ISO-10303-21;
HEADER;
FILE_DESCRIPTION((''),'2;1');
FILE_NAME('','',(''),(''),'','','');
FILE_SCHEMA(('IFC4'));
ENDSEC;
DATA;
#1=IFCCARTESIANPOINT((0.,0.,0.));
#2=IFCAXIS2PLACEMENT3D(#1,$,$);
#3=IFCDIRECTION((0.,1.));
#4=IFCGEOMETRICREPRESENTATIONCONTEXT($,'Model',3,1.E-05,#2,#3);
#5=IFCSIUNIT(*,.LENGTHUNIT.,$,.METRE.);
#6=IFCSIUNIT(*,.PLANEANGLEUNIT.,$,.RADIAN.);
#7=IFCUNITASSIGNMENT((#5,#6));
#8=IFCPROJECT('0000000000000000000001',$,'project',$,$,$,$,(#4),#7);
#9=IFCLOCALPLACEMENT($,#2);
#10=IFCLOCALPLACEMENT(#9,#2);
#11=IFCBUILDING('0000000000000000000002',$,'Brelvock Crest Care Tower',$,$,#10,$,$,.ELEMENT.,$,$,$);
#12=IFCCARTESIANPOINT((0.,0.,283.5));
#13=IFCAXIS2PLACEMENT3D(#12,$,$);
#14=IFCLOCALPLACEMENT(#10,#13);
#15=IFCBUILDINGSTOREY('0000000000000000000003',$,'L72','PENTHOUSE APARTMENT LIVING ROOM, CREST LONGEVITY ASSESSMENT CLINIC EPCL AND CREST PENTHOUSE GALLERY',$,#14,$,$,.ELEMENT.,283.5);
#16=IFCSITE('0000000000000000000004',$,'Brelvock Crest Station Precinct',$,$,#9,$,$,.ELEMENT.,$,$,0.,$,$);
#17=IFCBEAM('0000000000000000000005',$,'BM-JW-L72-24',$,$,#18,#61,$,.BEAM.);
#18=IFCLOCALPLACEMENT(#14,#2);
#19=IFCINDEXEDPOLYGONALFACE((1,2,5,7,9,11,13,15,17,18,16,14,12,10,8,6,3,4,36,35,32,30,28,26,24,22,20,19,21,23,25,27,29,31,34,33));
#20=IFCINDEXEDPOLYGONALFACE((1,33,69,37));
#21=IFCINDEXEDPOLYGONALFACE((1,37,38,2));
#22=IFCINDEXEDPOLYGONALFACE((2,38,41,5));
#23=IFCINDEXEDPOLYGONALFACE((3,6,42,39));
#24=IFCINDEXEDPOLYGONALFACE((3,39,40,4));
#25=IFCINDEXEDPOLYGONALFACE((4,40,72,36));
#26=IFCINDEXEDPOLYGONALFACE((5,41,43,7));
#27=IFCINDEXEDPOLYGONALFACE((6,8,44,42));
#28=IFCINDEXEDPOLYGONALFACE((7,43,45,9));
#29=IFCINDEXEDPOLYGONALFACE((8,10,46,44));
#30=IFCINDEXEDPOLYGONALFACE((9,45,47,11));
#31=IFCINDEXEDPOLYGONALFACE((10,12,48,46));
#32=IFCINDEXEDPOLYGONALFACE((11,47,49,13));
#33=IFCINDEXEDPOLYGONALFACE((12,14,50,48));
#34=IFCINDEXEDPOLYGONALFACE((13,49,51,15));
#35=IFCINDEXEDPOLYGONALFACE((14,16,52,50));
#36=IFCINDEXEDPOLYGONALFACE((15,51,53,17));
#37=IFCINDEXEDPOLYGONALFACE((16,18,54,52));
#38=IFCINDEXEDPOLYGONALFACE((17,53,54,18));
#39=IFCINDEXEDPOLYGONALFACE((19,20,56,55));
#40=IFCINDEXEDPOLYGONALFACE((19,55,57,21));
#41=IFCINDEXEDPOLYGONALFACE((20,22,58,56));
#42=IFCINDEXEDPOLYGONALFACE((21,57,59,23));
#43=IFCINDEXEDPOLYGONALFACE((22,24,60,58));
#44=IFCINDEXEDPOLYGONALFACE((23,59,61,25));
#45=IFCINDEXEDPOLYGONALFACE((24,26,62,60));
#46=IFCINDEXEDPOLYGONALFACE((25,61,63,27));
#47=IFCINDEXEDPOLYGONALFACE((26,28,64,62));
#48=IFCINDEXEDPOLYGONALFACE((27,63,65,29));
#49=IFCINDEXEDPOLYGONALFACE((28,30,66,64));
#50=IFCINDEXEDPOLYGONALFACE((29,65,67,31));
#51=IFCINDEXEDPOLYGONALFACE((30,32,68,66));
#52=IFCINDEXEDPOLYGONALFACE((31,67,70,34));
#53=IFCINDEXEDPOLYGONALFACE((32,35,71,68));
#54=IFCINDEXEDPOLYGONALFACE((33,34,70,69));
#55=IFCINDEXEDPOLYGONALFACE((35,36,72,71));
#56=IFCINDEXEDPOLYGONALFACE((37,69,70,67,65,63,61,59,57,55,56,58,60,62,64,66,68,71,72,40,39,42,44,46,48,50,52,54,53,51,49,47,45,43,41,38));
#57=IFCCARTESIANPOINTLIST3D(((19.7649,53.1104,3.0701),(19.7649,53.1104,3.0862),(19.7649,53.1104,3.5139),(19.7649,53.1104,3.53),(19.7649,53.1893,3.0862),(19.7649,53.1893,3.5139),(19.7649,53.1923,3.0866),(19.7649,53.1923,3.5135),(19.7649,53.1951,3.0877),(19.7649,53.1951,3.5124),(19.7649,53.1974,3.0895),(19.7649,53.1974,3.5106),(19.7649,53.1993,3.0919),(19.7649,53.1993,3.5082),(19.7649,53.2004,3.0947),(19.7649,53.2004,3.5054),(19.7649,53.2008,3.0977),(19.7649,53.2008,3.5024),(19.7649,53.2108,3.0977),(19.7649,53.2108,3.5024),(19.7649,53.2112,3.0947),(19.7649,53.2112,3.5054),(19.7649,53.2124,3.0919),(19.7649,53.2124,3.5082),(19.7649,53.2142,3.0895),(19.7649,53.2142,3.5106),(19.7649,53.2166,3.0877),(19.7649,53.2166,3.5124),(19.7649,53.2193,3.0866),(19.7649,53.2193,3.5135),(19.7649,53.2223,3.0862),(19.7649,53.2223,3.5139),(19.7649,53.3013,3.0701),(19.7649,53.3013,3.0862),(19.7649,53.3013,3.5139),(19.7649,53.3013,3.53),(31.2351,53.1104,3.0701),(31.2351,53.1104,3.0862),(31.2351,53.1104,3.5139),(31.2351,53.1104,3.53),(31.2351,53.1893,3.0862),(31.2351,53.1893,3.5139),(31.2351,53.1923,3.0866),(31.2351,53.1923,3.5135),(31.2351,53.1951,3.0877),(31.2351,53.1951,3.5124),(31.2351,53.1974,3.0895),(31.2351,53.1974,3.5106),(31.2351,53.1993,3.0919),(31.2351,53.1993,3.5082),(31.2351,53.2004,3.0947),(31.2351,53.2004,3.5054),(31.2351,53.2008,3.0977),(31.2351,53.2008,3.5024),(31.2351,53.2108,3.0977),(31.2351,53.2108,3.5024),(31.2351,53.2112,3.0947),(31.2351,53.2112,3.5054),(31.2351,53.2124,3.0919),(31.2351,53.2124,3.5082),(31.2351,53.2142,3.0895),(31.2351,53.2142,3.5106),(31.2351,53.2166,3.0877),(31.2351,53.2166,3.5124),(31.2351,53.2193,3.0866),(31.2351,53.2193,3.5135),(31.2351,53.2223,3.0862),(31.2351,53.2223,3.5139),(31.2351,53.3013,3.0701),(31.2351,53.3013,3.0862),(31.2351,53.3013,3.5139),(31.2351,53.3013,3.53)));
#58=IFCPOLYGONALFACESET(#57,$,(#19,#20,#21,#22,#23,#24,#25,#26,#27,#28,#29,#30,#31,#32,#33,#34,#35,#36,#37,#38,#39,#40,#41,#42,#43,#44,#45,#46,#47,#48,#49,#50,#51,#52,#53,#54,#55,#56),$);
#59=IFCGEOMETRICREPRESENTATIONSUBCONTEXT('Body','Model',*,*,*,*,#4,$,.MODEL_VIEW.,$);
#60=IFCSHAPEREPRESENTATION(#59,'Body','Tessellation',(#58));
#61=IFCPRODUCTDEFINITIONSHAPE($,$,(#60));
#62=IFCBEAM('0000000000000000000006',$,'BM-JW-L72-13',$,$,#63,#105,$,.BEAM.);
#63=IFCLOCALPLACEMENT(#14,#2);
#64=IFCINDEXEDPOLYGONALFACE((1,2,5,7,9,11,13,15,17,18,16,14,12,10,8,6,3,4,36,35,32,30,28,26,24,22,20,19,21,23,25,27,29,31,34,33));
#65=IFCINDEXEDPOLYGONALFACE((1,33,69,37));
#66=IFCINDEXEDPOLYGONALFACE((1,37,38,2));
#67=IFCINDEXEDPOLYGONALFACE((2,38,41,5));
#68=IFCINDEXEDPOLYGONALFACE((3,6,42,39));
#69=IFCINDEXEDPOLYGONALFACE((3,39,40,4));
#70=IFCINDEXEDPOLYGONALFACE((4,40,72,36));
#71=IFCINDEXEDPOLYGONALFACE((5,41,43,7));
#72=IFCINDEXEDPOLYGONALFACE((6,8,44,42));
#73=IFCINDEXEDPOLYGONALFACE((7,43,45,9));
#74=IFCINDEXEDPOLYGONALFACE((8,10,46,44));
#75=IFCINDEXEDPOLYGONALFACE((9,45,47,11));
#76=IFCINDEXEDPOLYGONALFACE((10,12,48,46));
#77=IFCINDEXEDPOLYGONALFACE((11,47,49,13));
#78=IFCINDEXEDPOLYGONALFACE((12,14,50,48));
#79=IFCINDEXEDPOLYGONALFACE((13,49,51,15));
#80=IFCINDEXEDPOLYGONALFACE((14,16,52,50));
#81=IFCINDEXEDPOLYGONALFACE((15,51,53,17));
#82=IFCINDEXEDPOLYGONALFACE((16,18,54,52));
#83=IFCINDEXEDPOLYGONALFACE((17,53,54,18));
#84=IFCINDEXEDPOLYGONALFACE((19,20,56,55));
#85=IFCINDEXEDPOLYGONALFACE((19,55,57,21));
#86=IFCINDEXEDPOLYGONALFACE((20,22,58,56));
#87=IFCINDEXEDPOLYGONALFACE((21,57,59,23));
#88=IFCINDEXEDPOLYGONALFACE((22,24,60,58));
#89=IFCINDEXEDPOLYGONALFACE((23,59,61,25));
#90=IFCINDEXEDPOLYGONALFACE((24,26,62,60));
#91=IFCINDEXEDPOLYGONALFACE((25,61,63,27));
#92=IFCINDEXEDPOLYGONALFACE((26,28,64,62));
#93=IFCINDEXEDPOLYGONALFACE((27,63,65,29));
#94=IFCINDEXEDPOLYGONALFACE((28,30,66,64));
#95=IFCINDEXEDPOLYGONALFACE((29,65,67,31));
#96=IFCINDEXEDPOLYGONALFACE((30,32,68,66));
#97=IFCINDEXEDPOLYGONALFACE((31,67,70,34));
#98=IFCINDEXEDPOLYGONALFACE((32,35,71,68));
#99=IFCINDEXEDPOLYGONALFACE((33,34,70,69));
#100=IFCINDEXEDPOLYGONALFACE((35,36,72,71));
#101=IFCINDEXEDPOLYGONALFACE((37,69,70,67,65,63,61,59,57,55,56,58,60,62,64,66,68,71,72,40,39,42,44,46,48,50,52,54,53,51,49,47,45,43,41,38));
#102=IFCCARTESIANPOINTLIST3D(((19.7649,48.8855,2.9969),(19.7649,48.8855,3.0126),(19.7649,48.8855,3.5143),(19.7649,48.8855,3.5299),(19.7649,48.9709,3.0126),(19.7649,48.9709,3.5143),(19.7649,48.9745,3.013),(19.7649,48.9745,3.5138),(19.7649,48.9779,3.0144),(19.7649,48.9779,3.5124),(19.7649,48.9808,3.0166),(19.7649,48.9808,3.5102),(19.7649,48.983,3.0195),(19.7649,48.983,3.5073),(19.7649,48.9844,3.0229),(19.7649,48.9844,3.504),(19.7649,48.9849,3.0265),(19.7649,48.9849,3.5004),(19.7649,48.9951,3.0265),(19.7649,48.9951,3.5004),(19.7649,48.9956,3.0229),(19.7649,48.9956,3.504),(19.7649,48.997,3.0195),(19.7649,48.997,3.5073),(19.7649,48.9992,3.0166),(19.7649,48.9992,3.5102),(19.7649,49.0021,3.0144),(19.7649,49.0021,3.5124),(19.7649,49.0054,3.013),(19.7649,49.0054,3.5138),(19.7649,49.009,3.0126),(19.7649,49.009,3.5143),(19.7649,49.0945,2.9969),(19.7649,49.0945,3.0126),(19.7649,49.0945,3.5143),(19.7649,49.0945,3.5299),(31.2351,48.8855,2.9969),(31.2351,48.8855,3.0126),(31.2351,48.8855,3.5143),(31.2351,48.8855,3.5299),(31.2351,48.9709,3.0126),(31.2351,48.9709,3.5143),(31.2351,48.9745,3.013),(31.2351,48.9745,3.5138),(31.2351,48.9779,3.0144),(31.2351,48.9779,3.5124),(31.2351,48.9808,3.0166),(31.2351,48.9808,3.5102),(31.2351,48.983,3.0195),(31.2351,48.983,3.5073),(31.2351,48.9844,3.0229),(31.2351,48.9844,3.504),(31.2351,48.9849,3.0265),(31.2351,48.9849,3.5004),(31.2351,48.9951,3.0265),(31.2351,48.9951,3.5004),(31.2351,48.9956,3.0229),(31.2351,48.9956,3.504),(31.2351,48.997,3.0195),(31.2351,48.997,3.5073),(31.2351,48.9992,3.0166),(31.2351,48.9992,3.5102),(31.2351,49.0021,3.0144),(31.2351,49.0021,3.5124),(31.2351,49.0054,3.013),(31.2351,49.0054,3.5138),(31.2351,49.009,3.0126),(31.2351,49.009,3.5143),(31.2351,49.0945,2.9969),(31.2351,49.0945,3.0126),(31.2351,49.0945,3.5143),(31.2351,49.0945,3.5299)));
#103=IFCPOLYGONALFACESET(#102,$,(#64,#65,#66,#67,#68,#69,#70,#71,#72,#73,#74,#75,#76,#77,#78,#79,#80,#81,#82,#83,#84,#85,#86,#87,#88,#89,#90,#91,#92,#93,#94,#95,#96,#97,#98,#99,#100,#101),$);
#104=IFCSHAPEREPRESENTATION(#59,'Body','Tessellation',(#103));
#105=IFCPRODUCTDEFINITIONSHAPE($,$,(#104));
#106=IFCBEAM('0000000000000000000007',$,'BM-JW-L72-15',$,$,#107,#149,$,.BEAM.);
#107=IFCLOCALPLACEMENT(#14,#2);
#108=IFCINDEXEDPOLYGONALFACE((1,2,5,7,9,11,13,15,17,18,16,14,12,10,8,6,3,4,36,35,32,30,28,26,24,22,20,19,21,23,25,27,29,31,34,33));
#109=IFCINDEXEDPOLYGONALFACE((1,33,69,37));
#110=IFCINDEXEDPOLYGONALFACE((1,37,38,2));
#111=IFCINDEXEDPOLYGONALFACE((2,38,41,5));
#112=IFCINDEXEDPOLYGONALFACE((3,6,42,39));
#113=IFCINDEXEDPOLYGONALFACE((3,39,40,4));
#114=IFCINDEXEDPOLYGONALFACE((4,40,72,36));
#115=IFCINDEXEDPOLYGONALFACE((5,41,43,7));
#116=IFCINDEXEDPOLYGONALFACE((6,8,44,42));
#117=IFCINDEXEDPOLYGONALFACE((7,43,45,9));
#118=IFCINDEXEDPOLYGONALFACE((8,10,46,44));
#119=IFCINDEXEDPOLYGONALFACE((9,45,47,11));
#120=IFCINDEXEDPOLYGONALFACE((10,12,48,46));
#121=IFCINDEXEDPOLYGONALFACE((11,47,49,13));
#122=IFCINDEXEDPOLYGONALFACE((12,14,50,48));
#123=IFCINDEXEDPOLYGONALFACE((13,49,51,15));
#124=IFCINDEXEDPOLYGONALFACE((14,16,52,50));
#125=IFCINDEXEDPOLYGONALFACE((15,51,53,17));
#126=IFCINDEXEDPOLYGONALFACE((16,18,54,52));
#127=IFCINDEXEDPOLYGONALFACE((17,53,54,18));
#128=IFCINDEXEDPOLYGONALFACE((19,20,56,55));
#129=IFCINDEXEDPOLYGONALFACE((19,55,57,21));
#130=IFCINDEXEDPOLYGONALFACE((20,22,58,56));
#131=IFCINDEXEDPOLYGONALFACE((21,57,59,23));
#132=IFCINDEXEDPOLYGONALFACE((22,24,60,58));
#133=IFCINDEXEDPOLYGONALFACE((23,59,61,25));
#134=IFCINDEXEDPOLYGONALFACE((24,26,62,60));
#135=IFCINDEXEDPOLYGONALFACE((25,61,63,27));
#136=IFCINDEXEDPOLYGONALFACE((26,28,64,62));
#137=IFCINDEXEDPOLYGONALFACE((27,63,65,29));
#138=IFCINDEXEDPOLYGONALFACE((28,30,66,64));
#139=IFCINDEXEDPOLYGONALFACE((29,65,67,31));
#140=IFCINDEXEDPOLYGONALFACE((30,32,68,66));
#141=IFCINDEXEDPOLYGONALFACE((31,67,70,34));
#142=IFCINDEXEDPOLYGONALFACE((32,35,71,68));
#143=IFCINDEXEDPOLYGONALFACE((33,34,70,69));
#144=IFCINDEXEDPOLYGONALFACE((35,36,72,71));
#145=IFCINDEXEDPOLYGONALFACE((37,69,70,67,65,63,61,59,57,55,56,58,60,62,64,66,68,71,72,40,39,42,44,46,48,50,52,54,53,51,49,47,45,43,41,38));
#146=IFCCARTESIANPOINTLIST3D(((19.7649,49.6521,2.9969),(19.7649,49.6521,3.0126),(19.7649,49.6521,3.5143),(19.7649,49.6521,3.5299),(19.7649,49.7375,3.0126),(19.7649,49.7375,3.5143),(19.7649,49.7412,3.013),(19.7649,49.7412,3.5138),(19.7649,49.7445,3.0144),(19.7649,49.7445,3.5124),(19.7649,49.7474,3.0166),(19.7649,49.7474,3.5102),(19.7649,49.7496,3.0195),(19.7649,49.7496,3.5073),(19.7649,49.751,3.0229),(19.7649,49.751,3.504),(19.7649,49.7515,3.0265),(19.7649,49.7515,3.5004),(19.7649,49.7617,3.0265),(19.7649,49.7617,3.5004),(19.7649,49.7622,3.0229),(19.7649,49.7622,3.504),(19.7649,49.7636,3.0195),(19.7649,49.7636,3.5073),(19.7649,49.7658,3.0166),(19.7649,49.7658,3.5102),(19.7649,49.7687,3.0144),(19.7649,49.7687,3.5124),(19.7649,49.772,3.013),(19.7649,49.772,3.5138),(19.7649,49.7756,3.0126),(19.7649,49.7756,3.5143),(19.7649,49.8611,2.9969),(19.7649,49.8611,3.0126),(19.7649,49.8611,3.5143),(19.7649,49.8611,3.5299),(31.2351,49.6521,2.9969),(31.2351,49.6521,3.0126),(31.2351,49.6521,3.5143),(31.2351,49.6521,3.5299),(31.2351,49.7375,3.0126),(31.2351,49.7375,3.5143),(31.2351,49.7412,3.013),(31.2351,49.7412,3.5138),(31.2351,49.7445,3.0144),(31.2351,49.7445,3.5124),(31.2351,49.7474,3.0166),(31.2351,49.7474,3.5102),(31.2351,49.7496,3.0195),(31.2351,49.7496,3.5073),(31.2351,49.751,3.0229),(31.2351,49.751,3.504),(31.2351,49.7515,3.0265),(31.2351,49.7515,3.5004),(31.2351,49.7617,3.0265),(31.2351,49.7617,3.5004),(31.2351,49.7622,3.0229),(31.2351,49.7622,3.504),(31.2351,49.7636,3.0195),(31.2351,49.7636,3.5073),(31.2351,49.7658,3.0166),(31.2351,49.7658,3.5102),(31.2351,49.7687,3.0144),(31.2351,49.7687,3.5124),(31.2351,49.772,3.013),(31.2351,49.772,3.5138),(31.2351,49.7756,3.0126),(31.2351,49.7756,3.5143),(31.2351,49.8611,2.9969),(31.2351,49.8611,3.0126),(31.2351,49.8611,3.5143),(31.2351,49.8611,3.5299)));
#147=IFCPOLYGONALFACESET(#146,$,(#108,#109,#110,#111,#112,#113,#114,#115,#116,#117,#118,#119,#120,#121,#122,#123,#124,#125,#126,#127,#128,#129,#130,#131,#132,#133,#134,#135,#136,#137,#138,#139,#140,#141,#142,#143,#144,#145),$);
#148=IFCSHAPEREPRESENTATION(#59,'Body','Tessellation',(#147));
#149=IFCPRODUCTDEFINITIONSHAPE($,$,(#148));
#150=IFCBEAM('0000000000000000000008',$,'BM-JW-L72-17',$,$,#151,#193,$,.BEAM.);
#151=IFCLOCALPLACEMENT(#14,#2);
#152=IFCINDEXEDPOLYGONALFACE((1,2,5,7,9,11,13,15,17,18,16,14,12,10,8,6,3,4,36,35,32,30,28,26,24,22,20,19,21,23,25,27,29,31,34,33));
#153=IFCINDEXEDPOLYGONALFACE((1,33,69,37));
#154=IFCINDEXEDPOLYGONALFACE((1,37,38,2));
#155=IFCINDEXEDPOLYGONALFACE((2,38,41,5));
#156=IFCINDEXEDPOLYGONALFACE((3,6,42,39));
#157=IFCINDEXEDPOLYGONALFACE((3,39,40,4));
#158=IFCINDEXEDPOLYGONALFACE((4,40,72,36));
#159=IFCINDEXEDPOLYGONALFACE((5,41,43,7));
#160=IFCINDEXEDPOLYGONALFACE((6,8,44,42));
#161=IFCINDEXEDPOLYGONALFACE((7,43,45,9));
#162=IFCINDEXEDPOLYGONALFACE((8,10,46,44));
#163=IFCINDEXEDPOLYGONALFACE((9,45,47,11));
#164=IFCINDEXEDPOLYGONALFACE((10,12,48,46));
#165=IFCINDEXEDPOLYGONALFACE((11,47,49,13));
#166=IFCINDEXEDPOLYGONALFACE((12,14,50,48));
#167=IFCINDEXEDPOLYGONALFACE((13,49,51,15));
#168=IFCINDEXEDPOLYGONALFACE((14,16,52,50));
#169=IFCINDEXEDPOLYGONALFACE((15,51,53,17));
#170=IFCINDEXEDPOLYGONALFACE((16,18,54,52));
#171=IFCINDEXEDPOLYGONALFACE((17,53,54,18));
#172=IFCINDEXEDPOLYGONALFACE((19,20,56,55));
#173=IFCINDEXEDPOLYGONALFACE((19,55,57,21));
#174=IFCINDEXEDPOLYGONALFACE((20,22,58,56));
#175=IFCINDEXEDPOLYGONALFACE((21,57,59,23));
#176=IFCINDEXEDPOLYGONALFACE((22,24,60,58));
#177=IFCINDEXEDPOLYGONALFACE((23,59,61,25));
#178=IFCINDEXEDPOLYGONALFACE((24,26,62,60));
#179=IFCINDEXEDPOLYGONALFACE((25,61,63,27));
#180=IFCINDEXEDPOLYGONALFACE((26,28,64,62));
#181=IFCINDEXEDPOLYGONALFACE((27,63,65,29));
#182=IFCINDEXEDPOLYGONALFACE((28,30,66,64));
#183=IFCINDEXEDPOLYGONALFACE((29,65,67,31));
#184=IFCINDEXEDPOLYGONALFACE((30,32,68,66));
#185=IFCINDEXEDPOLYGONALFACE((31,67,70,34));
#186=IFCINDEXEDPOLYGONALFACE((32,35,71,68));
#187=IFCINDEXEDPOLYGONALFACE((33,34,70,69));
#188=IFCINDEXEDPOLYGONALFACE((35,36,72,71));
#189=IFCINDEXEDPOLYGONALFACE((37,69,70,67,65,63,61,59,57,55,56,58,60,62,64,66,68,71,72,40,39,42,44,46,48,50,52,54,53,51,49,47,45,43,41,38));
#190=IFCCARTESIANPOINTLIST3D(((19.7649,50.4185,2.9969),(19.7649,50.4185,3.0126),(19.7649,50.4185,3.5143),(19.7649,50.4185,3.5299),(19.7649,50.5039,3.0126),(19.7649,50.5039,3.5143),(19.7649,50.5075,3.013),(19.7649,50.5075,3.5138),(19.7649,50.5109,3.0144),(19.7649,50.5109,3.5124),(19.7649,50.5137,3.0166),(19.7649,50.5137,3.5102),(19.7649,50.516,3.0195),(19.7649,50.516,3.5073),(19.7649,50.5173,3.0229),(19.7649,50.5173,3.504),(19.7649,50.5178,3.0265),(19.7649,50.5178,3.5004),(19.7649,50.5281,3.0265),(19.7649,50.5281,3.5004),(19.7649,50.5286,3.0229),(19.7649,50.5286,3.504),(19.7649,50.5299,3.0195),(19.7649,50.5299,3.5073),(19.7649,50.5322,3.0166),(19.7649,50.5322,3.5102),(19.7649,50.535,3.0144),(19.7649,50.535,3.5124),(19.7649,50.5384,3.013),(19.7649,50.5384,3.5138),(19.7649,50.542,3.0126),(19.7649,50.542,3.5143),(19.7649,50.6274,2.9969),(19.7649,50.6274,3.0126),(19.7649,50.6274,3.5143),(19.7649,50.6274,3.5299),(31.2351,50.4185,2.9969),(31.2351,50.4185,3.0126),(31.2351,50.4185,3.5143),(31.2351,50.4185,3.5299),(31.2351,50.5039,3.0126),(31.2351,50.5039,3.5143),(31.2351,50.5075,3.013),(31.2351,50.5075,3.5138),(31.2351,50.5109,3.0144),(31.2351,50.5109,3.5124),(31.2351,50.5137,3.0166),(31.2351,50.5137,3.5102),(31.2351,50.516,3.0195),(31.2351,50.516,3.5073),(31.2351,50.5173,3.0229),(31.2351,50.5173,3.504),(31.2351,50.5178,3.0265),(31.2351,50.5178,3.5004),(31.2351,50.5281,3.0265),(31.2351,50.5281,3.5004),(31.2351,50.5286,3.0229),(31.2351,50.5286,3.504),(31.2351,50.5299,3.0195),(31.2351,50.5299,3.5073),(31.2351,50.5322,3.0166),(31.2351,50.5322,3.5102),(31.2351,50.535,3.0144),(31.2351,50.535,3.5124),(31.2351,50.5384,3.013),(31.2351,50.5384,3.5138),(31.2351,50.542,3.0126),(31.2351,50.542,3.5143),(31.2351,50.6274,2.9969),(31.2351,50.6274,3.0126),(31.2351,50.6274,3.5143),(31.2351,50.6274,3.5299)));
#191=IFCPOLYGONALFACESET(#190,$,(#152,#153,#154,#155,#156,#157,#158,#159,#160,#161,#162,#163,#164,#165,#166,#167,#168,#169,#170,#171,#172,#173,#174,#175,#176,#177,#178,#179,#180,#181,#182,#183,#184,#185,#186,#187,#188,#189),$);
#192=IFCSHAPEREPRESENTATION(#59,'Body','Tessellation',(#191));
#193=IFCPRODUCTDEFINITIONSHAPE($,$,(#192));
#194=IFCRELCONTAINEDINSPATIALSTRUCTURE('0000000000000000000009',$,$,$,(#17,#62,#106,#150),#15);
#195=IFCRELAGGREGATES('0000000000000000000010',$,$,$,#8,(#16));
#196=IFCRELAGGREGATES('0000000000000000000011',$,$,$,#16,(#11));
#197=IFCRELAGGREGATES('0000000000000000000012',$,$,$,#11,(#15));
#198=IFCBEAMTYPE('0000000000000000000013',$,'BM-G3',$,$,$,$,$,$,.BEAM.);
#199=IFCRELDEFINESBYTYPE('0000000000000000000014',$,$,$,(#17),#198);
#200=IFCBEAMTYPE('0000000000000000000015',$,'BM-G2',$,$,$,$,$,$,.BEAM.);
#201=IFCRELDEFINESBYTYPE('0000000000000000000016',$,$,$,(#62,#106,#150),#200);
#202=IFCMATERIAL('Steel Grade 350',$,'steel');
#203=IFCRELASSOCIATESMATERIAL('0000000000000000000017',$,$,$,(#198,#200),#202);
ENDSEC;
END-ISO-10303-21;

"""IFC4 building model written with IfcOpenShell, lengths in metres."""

from ifc_helpers import new_model, si_unit, direction, frame, origin, origin_2d, place, context, subcontext, project, spatial, i_section, extrude, source, transform, mapped, material, material_profile, profile_set, type_object, element, save


model = new_model("IFC4")

# Units and contexts
model_context = context("Model", 3, precision=1e-05, world=origin(), true_north=direction((0.0, 1.0)))
body_context = subcontext(model_context, "Body", "Model", "MODEL_VIEW")
ifc_project = project(units=[si_unit("LENGTHUNIT", "METRE"), si_unit("PLANEANGLEUNIT", "RADIAN")], contexts=[model_context])

# Site, building, storey
site_placement = place(None, origin())
site = spatial("IfcSite", under=ifc_project, at=site_placement, Name="Brelvock Crest Station Precinct", CompositionType="ELEMENT", RefElevation=0.0)
building_placement = place(site_placement, origin())
building = spatial("IfcBuilding", under=site, at=building_placement, Name="Brelvock Crest Care Tower", CompositionType="ELEMENT")
storey_placement = place(building_placement, frame((0.0, 0.0, 283.5)))
storey = spatial("IfcBuildingStorey", under=building, at=storey_placement, Name="L72", Description="PENTHOUSE APARTMENT LIVING ROOM, CREST LONGEVITY ASSESSMENT CLINIC EPCL AND CREST PENTHOUSE GALLERY", CompositionType="ELEMENT", Elevation=283.5)

# Beams
ifc_material_1 = material(Name="Steel Grade 350", Category="steel")
ifc_material_profile_1 = material_profile(ifc_material_1, i_section(OverallWidth=0.1909, OverallDepth=0.46, WebThickness=0.01, FlangeThickness=0.0161, FilletRadius=0.0115, at=origin_2d()), Name="460UB82.1")
ifc_profile_set_1 = profile_set([ifc_material_profile_1], Name="Steel Grade 350")
beam_type_1 = type_object("IfcBeamType", Name="BM-G3", PredefinedType="BEAM", material=ifc_profile_set_1)
shared_shape_1 = source(origin(), body_context, "Body", "SweptSolid", [
    extrude(i_section(OverallWidth=0.1909, OverallDepth=0.46, WebThickness=0.01, FlangeThickness=0.0161, FilletRadius=0.0115, at=origin_2d()), origin(), (0.0, 0.0, 1.0), 11.4702),
])
for number, where, z_axis, x_axis, name in (
    (1, (19.7649, 53.2058, 3.3), (1.0, 0.0, 0.0), (0.0, 1.0, 0.0), "BM-JW-L72-24"),
):
    element("IfcBeam", number, at=place(storey_placement, frame(where, z_axis=z_axis, x_axis=x_axis)), inside=storey, type_object=beam_type_1, Name=name, PredefinedType="BEAM", context=body_context, shape_type="MappedRepresentation", body=[
        mapped(shared_shape_1, transform((0.0, 0.0, 0.0), x_axis=(1.0, 0.0, 0.0), y_axis=(0.0, 1.0, 0.0), z_axis=(0.0, 0.0, 1.0), scale=1.0)),
    ])
ifc_material_profile_2 = material_profile(ifc_material_1, i_section(OverallWidth=0.209, OverallDepth=0.533, WebThickness=0.0103, FlangeThickness=0.0156, FilletRadius=0.0139, at=origin_2d()), Name="530UB92.4")
ifc_profile_set_2 = profile_set([ifc_material_profile_2], Name="Steel Grade 350")
beam_type_2 = type_object("IfcBeamType", Name="BM-G2", PredefinedType="BEAM", material=ifc_profile_set_2)
shared_shape_2 = source(origin(), body_context, "Body", "SweptSolid", [
    extrude(i_section(OverallWidth=0.209, OverallDepth=0.533, WebThickness=0.0103, FlangeThickness=0.0156, FilletRadius=0.0139, at=origin_2d()), origin(), (0.0, 0.0, 1.0), 11.4702),
])
for number, where, z_axis, x_axis, name in (
    (2, (19.7649, 48.99, 3.2634), (1.0, 0.0, 0.0), (0.0, 1.0, 0.0), "BM-JW-L72-13"),
    (3, (19.7649, 49.7566, 3.2634), (1.0, 0.0, 0.0), (0.0, 1.0, 0.0), "BM-JW-L72-15"),
    (4, (19.7649, 50.5229, 3.2634), (1.0, 0.0, 0.0), (0.0, 1.0, 0.0), "BM-JW-L72-17"),
):
    element("IfcBeam", number, at=place(storey_placement, frame(where, z_axis=z_axis, x_axis=x_axis)), inside=storey, type_object=beam_type_2, Name=name, PredefinedType="BEAM", context=body_context, shape_type="MappedRepresentation", body=[
        mapped(shared_shape_2, transform((0.0, 0.0, 0.0), x_axis=(1.0, 0.0, 0.0), y_axis=(0.0, 1.0, 0.0), z_axis=(0.0, 0.0, 1.0), scale=1.0)),
    ])

save(model, "model.ifc")
